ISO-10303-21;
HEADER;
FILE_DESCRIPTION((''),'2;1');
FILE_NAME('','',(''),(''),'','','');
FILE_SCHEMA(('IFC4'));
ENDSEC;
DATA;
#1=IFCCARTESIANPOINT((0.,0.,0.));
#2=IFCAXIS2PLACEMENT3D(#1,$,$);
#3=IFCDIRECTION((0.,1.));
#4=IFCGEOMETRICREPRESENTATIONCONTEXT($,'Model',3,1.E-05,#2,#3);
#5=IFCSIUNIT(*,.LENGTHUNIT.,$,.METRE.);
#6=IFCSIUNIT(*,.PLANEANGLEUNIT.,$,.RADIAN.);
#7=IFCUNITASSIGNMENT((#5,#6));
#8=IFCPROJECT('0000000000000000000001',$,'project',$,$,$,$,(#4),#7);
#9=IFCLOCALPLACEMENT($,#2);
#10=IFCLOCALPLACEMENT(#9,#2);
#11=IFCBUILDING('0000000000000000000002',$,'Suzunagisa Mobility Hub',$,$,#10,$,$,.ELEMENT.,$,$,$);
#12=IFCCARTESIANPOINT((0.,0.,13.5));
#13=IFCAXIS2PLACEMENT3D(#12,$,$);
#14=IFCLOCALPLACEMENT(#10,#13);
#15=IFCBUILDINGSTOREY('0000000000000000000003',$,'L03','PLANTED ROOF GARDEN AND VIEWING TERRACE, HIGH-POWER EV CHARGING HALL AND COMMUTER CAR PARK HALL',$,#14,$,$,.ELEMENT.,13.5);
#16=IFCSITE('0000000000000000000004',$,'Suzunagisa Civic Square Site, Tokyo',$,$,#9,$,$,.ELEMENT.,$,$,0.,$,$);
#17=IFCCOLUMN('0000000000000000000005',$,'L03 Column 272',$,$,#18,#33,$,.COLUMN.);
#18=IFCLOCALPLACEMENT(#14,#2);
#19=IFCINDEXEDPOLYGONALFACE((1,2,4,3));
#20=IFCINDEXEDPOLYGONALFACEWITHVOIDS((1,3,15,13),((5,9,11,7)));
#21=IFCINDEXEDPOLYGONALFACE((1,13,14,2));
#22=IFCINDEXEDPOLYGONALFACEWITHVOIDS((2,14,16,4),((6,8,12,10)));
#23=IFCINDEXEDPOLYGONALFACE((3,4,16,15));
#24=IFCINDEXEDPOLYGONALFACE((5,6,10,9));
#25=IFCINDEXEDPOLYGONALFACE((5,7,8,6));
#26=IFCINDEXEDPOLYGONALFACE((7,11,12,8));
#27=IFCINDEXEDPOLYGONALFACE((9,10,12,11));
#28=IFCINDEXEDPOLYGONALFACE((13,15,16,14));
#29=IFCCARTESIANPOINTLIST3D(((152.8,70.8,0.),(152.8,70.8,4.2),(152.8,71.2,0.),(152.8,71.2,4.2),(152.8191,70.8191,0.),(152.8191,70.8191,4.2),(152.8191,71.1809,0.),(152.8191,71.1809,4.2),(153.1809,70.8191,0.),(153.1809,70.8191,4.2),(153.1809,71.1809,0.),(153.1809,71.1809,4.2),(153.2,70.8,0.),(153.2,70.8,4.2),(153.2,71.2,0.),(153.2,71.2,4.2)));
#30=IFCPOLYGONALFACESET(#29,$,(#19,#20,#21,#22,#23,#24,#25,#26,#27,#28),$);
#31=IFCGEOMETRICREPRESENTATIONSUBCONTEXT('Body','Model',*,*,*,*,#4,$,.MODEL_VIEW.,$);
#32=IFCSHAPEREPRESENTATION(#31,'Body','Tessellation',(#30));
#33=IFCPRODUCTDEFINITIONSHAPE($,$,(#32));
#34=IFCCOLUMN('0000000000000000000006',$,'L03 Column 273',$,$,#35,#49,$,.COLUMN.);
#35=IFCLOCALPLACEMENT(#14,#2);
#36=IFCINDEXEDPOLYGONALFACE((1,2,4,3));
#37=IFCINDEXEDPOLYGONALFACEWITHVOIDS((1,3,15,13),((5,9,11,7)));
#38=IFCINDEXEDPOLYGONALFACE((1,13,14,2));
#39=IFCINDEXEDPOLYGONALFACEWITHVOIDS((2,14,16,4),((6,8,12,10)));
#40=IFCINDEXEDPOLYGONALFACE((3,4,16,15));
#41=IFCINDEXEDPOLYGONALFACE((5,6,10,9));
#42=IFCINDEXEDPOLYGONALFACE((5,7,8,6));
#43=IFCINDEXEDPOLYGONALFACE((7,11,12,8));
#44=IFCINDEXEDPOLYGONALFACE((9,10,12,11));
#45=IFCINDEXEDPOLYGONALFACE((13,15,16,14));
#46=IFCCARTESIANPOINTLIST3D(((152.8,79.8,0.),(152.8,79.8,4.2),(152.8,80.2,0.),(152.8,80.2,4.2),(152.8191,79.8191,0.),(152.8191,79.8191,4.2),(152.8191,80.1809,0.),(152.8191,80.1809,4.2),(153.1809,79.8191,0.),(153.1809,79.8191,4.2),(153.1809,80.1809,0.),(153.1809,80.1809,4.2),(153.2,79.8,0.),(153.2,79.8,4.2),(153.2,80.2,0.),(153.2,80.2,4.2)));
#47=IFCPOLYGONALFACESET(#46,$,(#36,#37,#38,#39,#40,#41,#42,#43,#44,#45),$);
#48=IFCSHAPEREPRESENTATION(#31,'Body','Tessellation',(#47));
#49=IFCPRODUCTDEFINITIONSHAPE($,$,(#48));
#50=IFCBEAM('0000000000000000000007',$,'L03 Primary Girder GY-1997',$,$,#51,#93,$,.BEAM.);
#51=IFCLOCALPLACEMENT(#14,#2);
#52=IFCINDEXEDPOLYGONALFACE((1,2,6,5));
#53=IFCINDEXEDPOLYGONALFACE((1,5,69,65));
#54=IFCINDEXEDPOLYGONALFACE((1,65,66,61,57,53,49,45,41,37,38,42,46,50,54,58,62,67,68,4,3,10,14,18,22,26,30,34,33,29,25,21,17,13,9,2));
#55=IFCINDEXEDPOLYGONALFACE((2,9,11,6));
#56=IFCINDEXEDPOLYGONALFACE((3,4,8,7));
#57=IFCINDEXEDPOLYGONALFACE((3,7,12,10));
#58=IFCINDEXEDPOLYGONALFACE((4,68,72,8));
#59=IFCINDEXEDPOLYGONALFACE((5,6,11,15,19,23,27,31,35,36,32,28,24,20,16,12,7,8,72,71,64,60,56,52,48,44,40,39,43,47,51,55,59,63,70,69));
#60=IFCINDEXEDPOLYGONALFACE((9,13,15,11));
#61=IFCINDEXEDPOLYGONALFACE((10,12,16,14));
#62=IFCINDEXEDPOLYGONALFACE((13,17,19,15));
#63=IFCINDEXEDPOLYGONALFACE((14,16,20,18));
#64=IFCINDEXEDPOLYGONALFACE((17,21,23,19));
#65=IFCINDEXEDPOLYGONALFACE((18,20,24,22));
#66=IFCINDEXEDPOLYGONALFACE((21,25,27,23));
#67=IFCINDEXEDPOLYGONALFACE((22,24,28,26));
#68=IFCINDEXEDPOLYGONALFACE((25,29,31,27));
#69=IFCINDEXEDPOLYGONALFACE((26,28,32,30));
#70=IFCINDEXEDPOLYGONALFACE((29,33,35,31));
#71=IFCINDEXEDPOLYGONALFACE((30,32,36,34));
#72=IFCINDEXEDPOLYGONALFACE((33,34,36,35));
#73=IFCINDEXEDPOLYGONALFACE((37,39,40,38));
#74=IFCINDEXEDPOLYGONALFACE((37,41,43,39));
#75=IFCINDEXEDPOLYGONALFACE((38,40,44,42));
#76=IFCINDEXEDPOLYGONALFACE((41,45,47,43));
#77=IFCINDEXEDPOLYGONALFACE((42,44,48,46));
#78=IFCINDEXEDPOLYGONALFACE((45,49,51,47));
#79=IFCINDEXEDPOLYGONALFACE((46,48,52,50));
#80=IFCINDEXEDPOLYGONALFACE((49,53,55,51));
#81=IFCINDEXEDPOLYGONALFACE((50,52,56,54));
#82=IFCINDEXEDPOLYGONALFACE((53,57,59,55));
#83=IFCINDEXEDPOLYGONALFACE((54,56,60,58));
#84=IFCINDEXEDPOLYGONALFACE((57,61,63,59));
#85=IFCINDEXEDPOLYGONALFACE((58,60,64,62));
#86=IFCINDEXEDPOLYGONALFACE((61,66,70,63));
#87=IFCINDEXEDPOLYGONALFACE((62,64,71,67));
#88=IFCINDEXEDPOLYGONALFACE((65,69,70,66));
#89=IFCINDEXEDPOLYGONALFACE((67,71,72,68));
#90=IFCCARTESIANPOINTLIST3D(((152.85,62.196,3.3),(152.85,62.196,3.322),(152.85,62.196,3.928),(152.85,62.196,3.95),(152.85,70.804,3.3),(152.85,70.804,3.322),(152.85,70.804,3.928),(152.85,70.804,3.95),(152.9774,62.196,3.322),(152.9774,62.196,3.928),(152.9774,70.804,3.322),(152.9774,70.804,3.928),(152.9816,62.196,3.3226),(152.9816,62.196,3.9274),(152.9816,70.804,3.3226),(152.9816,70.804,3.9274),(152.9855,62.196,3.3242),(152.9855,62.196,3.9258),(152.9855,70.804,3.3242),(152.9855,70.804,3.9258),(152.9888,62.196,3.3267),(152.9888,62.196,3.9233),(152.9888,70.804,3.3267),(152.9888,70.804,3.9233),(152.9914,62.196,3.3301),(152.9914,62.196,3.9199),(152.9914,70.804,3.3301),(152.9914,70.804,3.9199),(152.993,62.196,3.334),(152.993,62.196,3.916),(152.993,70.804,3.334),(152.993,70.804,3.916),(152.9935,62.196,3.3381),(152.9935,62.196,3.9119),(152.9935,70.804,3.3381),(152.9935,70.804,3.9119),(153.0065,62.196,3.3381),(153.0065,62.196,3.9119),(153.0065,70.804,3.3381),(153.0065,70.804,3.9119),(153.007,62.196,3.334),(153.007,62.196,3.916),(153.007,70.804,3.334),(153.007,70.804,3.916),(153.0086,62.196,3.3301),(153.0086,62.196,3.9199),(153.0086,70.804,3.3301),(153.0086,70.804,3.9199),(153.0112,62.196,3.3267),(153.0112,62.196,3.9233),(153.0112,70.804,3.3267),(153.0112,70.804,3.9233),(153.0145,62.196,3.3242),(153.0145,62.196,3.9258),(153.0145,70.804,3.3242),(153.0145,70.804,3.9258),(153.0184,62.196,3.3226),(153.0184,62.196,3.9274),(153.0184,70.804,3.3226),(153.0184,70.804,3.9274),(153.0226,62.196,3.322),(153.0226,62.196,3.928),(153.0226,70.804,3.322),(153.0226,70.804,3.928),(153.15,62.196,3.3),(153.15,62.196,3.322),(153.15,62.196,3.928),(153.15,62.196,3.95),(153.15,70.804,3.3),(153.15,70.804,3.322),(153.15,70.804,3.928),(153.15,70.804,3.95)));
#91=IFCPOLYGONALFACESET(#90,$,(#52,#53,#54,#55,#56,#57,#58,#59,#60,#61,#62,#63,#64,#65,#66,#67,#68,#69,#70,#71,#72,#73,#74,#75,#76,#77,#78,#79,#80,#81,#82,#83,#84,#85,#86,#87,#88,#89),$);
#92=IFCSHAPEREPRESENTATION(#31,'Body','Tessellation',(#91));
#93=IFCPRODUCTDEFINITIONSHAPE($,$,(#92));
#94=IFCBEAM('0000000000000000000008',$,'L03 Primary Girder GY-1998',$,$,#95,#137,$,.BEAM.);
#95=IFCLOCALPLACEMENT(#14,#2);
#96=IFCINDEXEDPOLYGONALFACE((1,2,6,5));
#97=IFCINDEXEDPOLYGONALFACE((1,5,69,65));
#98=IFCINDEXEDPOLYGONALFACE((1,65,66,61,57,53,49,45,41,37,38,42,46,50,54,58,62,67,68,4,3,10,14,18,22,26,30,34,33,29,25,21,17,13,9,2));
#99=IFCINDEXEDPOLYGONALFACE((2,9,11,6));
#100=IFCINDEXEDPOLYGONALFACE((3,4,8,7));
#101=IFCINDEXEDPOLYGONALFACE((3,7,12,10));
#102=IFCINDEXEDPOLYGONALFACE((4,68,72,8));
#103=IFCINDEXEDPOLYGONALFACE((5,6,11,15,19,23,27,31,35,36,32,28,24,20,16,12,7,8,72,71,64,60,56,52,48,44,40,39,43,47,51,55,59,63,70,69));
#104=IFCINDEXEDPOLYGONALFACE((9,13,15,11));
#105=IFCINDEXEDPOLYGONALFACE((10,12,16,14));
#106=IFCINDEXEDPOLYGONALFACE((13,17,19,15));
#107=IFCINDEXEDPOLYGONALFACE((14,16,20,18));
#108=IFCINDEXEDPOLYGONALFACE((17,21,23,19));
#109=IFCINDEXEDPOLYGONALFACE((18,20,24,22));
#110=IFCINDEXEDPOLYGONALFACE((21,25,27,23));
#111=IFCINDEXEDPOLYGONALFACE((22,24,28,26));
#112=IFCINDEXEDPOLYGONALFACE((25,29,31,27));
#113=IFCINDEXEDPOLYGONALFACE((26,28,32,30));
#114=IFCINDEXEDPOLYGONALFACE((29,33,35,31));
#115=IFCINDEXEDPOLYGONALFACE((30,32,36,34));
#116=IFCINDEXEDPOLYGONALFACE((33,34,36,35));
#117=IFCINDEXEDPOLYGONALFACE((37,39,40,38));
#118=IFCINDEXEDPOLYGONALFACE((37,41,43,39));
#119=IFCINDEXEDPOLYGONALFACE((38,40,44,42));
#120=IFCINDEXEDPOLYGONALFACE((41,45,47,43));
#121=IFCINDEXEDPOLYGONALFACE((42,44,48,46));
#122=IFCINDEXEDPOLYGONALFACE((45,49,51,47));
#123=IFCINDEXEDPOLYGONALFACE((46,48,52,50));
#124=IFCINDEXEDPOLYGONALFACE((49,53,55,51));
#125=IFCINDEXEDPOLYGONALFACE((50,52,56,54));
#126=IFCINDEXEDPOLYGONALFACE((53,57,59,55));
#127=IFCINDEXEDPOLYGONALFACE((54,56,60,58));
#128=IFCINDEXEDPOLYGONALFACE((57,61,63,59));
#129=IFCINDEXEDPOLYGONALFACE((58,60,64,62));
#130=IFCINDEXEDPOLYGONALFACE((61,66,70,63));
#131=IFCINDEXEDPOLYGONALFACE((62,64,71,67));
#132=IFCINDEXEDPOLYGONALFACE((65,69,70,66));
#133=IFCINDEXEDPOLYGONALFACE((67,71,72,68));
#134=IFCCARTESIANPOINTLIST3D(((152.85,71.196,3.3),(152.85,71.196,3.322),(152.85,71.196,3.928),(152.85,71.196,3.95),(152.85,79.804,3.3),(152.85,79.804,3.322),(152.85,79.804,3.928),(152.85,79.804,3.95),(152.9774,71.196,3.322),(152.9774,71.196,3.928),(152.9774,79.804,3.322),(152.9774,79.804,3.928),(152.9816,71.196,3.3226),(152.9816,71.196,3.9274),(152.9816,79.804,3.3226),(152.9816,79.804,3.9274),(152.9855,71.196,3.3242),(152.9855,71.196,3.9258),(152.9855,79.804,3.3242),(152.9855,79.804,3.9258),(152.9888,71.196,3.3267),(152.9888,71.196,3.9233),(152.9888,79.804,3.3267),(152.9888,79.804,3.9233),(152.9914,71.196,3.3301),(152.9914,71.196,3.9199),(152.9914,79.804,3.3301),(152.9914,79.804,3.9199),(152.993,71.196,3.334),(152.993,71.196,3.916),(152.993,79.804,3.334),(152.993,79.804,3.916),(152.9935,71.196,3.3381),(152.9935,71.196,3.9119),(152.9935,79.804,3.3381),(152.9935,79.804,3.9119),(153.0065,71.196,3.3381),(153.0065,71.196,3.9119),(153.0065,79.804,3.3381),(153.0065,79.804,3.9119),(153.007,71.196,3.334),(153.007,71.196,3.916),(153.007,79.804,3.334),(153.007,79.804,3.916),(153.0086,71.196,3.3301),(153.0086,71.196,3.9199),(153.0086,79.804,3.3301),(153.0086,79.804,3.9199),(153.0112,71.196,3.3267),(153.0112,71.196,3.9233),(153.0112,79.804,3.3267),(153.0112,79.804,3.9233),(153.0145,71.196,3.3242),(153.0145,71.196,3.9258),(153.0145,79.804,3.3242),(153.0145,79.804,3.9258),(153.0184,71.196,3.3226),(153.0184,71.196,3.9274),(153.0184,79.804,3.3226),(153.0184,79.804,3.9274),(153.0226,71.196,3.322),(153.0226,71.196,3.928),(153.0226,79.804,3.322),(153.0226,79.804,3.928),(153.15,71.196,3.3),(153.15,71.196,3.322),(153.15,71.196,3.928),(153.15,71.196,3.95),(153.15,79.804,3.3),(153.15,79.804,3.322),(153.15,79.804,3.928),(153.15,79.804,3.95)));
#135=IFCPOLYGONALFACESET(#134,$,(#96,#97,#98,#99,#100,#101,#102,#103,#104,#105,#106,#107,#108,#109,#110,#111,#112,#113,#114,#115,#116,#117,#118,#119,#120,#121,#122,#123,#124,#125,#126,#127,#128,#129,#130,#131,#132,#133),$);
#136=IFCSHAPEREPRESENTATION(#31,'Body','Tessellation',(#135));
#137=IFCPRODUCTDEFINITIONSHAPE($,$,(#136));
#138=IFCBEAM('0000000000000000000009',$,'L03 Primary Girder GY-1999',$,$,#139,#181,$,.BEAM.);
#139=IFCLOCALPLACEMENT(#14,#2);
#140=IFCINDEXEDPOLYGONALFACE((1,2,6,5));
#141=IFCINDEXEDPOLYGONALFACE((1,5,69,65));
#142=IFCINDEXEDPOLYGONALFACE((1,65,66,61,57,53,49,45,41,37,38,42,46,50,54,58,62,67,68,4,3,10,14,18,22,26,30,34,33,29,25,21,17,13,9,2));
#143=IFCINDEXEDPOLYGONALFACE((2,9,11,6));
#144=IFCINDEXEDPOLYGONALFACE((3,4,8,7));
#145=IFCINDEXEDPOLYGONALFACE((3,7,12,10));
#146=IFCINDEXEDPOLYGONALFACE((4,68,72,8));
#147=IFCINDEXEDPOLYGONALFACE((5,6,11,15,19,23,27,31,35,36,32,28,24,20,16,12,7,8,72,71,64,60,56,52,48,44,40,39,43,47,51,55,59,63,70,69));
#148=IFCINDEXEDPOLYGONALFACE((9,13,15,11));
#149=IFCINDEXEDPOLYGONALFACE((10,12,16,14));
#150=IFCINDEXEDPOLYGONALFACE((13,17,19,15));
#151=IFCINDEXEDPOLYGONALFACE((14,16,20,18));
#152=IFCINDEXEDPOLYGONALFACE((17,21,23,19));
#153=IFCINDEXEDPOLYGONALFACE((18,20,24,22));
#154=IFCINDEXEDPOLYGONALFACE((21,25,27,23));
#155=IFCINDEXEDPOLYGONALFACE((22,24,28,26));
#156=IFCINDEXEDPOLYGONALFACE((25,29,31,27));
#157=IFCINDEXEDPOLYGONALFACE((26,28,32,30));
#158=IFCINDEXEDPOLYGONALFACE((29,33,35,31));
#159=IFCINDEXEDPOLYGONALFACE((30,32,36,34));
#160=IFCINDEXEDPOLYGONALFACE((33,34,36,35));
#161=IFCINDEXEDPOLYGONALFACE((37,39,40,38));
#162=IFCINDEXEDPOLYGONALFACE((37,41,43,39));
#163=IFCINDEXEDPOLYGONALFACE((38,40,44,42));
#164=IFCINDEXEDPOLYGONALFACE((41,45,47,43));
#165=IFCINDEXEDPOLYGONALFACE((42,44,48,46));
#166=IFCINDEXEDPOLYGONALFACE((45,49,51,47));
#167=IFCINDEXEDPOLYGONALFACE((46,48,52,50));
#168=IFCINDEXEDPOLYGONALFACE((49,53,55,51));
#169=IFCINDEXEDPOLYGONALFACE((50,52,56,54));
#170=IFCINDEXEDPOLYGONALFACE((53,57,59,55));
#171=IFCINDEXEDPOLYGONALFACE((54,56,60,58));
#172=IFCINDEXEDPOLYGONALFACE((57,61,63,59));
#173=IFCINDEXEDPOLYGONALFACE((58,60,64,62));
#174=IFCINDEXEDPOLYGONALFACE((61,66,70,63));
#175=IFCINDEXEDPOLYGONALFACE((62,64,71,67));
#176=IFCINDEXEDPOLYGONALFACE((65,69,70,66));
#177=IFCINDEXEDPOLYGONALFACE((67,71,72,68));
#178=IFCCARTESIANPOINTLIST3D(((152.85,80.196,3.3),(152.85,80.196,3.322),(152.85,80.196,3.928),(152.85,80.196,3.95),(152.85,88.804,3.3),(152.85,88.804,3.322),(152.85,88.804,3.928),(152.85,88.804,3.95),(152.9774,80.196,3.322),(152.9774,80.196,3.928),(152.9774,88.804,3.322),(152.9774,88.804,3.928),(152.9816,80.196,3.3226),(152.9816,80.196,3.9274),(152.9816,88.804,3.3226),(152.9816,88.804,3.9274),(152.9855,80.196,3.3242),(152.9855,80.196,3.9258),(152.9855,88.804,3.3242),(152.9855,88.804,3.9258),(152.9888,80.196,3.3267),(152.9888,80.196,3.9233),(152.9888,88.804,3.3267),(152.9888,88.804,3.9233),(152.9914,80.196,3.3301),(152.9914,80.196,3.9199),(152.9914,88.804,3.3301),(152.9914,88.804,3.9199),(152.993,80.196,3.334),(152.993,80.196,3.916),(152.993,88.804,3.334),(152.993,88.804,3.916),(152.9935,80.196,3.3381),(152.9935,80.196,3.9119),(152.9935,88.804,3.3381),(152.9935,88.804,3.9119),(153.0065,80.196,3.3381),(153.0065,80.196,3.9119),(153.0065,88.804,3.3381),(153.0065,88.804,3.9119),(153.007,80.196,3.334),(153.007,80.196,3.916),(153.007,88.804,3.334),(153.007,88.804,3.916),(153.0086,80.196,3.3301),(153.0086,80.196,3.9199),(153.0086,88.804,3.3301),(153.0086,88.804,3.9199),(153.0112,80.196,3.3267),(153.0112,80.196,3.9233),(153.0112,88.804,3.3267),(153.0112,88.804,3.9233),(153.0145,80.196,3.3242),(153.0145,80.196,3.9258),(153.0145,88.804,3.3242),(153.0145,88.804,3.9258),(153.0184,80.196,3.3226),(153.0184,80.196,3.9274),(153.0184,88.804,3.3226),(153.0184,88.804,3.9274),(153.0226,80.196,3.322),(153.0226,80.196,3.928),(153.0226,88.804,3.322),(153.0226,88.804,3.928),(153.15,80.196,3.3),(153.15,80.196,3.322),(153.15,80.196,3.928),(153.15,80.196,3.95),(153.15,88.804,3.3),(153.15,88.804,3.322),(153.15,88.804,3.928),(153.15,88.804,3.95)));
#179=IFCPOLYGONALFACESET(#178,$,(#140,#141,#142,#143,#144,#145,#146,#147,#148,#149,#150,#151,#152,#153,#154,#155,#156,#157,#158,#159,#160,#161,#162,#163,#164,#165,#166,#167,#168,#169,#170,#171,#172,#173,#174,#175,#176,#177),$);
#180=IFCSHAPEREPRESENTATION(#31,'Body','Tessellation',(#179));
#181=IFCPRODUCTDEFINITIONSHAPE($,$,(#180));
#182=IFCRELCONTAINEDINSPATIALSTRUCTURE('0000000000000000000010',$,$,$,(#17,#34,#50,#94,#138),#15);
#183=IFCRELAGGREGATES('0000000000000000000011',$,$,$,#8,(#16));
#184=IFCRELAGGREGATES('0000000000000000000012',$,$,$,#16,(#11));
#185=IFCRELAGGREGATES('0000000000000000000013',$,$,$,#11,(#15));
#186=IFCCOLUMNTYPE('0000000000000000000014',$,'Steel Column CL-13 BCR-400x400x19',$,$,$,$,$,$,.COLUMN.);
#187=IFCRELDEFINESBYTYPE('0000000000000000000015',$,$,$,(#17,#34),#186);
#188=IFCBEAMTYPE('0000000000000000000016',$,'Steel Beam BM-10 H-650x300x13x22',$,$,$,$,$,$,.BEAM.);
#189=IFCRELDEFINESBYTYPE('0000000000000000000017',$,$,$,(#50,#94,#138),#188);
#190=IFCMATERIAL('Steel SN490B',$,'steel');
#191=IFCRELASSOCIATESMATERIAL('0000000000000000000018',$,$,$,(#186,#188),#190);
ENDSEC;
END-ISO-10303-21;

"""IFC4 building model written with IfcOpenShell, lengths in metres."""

from ifc_helpers import new_model, si_unit, direction, frame, origin, origin_2d, place, context, subcontext, project, spatial, hollow_rectangle, i_section, extrude, material, material_profile, profile_set, type_object, element, save


model = new_model("IFC4")

# Units and contexts
model_context = context("Model", 3, precision=1e-05, world=origin(), true_north=direction((0.0, 1.0)))
body_context = subcontext(model_context, "Body", "Model", "MODEL_VIEW")
ifc_project = project(units=[si_unit("LENGTHUNIT", "METRE"), si_unit("PLANEANGLEUNIT", "RADIAN")], contexts=[model_context])

# Site, building, storey
site_placement = place(None, origin())
site = spatial("IfcSite", under=ifc_project, at=site_placement, Name="Suzunagisa Civic Square Site, Tokyo", CompositionType="ELEMENT", RefElevation=0.0)
building_placement = place(site_placement, origin())
building = spatial("IfcBuilding", under=site, at=building_placement, Name="Suzunagisa Mobility Hub", CompositionType="ELEMENT")
storey_placement = place(building_placement, frame((0.0, 0.0, 13.5)))
storey = spatial("IfcBuildingStorey", under=building, at=storey_placement, Name="L03", Description="PLANTED ROOF GARDEN AND VIEWING TERRACE, HIGH-POWER EV CHARGING HALL AND COMMUTER CAR PARK HALL", CompositionType="ELEMENT", Elevation=13.5)

# Columns
ifc_material_1 = material(Name="Steel SN490B", Category="steel")
ifc_material_profile_1 = material_profile(ifc_material_1, hollow_rectangle(XDim=0.3999, YDim=0.3999, WallThickness=0.019, at=origin_2d()), Name="BCR-400x400x19")
ifc_profile_set_1 = profile_set([ifc_material_profile_1], Name="Steel SN490B")
column_type = type_object("IfcColumnType", Name="Steel Column CL-13 BCR-400x400x19", PredefinedType="COLUMN", material=ifc_profile_set_1)
for number, where, z_axis, x_axis, name in (
    (1, (153.0, 71.0, 0.0), (0.0, 0.0, 1.0), (1.0, 0.0, 0.0), "L03 Column 272"),
    (2, (153.0, 80.0, 0.0), (0.0, 0.0, 1.0), (1.0, 0.0, 0.0), "L03 Column 273"),
):
    element("IfcColumn", number, at=place(storey_placement, frame(where, z_axis=z_axis, x_axis=x_axis)), inside=storey, type_object=column_type, Name=name, PredefinedType="COLUMN", context=body_context, shape_type="SweptSolid", body=[
        extrude(hollow_rectangle(XDim=0.3999, YDim=0.3999, WallThickness=0.019, at=origin_2d()), origin(), (0.0, 0.0, 1.0), 4.2),
    ])

# Beams
ifc_material_profile_2 = material_profile(ifc_material_1, i_section(OverallWidth=0.3, OverallDepth=0.6499, WebThickness=0.0129, FlangeThickness=0.022, FilletRadius=0.0161, at=origin_2d()), Name="H-650x300x13x22")
ifc_profile_set_2 = profile_set([ifc_material_profile_2], Name="Steel SN490B")
beam_type_1 = type_object("IfcBeamType", Name="Steel Beam BM-10 H-650x300x13x22", PredefinedType="BEAM", material=ifc_profile_set_2)
for number, where, z_axis, x_axis, name in (
    (3, (153.0, 62.196, 3.625), (0.0, 1.0, 0.0), (-1.0, 0.0, 0.0), "L03 Primary Girder GY-1997"),
    (4, (153.0, 71.196, 3.625), (0.0, 1.0, 0.0), (-1.0, 0.0, 0.0), "L03 Primary Girder GY-1998"),
    (5, (153.0, 80.196, 3.625), (0.0, 1.0, 0.0), (-1.0, 0.0, 0.0), "L03 Primary Girder GY-1999"),
):
    element("IfcBeam", number, at=place(storey_placement, frame(where, z_axis=z_axis, x_axis=x_axis)), inside=storey, type_object=beam_type_1, Name=name, PredefinedType="BEAM", context=body_context, shape_type="SweptSolid", body=[
        extrude(i_section(OverallWidth=0.3, OverallDepth=0.6499, WebThickness=0.0129, FlangeThickness=0.022, FilletRadius=0.0161, at=origin_2d()), origin(), (0.0, 0.0, 1.0), 8.6079),
    ])

save(model, "model.ifc")
